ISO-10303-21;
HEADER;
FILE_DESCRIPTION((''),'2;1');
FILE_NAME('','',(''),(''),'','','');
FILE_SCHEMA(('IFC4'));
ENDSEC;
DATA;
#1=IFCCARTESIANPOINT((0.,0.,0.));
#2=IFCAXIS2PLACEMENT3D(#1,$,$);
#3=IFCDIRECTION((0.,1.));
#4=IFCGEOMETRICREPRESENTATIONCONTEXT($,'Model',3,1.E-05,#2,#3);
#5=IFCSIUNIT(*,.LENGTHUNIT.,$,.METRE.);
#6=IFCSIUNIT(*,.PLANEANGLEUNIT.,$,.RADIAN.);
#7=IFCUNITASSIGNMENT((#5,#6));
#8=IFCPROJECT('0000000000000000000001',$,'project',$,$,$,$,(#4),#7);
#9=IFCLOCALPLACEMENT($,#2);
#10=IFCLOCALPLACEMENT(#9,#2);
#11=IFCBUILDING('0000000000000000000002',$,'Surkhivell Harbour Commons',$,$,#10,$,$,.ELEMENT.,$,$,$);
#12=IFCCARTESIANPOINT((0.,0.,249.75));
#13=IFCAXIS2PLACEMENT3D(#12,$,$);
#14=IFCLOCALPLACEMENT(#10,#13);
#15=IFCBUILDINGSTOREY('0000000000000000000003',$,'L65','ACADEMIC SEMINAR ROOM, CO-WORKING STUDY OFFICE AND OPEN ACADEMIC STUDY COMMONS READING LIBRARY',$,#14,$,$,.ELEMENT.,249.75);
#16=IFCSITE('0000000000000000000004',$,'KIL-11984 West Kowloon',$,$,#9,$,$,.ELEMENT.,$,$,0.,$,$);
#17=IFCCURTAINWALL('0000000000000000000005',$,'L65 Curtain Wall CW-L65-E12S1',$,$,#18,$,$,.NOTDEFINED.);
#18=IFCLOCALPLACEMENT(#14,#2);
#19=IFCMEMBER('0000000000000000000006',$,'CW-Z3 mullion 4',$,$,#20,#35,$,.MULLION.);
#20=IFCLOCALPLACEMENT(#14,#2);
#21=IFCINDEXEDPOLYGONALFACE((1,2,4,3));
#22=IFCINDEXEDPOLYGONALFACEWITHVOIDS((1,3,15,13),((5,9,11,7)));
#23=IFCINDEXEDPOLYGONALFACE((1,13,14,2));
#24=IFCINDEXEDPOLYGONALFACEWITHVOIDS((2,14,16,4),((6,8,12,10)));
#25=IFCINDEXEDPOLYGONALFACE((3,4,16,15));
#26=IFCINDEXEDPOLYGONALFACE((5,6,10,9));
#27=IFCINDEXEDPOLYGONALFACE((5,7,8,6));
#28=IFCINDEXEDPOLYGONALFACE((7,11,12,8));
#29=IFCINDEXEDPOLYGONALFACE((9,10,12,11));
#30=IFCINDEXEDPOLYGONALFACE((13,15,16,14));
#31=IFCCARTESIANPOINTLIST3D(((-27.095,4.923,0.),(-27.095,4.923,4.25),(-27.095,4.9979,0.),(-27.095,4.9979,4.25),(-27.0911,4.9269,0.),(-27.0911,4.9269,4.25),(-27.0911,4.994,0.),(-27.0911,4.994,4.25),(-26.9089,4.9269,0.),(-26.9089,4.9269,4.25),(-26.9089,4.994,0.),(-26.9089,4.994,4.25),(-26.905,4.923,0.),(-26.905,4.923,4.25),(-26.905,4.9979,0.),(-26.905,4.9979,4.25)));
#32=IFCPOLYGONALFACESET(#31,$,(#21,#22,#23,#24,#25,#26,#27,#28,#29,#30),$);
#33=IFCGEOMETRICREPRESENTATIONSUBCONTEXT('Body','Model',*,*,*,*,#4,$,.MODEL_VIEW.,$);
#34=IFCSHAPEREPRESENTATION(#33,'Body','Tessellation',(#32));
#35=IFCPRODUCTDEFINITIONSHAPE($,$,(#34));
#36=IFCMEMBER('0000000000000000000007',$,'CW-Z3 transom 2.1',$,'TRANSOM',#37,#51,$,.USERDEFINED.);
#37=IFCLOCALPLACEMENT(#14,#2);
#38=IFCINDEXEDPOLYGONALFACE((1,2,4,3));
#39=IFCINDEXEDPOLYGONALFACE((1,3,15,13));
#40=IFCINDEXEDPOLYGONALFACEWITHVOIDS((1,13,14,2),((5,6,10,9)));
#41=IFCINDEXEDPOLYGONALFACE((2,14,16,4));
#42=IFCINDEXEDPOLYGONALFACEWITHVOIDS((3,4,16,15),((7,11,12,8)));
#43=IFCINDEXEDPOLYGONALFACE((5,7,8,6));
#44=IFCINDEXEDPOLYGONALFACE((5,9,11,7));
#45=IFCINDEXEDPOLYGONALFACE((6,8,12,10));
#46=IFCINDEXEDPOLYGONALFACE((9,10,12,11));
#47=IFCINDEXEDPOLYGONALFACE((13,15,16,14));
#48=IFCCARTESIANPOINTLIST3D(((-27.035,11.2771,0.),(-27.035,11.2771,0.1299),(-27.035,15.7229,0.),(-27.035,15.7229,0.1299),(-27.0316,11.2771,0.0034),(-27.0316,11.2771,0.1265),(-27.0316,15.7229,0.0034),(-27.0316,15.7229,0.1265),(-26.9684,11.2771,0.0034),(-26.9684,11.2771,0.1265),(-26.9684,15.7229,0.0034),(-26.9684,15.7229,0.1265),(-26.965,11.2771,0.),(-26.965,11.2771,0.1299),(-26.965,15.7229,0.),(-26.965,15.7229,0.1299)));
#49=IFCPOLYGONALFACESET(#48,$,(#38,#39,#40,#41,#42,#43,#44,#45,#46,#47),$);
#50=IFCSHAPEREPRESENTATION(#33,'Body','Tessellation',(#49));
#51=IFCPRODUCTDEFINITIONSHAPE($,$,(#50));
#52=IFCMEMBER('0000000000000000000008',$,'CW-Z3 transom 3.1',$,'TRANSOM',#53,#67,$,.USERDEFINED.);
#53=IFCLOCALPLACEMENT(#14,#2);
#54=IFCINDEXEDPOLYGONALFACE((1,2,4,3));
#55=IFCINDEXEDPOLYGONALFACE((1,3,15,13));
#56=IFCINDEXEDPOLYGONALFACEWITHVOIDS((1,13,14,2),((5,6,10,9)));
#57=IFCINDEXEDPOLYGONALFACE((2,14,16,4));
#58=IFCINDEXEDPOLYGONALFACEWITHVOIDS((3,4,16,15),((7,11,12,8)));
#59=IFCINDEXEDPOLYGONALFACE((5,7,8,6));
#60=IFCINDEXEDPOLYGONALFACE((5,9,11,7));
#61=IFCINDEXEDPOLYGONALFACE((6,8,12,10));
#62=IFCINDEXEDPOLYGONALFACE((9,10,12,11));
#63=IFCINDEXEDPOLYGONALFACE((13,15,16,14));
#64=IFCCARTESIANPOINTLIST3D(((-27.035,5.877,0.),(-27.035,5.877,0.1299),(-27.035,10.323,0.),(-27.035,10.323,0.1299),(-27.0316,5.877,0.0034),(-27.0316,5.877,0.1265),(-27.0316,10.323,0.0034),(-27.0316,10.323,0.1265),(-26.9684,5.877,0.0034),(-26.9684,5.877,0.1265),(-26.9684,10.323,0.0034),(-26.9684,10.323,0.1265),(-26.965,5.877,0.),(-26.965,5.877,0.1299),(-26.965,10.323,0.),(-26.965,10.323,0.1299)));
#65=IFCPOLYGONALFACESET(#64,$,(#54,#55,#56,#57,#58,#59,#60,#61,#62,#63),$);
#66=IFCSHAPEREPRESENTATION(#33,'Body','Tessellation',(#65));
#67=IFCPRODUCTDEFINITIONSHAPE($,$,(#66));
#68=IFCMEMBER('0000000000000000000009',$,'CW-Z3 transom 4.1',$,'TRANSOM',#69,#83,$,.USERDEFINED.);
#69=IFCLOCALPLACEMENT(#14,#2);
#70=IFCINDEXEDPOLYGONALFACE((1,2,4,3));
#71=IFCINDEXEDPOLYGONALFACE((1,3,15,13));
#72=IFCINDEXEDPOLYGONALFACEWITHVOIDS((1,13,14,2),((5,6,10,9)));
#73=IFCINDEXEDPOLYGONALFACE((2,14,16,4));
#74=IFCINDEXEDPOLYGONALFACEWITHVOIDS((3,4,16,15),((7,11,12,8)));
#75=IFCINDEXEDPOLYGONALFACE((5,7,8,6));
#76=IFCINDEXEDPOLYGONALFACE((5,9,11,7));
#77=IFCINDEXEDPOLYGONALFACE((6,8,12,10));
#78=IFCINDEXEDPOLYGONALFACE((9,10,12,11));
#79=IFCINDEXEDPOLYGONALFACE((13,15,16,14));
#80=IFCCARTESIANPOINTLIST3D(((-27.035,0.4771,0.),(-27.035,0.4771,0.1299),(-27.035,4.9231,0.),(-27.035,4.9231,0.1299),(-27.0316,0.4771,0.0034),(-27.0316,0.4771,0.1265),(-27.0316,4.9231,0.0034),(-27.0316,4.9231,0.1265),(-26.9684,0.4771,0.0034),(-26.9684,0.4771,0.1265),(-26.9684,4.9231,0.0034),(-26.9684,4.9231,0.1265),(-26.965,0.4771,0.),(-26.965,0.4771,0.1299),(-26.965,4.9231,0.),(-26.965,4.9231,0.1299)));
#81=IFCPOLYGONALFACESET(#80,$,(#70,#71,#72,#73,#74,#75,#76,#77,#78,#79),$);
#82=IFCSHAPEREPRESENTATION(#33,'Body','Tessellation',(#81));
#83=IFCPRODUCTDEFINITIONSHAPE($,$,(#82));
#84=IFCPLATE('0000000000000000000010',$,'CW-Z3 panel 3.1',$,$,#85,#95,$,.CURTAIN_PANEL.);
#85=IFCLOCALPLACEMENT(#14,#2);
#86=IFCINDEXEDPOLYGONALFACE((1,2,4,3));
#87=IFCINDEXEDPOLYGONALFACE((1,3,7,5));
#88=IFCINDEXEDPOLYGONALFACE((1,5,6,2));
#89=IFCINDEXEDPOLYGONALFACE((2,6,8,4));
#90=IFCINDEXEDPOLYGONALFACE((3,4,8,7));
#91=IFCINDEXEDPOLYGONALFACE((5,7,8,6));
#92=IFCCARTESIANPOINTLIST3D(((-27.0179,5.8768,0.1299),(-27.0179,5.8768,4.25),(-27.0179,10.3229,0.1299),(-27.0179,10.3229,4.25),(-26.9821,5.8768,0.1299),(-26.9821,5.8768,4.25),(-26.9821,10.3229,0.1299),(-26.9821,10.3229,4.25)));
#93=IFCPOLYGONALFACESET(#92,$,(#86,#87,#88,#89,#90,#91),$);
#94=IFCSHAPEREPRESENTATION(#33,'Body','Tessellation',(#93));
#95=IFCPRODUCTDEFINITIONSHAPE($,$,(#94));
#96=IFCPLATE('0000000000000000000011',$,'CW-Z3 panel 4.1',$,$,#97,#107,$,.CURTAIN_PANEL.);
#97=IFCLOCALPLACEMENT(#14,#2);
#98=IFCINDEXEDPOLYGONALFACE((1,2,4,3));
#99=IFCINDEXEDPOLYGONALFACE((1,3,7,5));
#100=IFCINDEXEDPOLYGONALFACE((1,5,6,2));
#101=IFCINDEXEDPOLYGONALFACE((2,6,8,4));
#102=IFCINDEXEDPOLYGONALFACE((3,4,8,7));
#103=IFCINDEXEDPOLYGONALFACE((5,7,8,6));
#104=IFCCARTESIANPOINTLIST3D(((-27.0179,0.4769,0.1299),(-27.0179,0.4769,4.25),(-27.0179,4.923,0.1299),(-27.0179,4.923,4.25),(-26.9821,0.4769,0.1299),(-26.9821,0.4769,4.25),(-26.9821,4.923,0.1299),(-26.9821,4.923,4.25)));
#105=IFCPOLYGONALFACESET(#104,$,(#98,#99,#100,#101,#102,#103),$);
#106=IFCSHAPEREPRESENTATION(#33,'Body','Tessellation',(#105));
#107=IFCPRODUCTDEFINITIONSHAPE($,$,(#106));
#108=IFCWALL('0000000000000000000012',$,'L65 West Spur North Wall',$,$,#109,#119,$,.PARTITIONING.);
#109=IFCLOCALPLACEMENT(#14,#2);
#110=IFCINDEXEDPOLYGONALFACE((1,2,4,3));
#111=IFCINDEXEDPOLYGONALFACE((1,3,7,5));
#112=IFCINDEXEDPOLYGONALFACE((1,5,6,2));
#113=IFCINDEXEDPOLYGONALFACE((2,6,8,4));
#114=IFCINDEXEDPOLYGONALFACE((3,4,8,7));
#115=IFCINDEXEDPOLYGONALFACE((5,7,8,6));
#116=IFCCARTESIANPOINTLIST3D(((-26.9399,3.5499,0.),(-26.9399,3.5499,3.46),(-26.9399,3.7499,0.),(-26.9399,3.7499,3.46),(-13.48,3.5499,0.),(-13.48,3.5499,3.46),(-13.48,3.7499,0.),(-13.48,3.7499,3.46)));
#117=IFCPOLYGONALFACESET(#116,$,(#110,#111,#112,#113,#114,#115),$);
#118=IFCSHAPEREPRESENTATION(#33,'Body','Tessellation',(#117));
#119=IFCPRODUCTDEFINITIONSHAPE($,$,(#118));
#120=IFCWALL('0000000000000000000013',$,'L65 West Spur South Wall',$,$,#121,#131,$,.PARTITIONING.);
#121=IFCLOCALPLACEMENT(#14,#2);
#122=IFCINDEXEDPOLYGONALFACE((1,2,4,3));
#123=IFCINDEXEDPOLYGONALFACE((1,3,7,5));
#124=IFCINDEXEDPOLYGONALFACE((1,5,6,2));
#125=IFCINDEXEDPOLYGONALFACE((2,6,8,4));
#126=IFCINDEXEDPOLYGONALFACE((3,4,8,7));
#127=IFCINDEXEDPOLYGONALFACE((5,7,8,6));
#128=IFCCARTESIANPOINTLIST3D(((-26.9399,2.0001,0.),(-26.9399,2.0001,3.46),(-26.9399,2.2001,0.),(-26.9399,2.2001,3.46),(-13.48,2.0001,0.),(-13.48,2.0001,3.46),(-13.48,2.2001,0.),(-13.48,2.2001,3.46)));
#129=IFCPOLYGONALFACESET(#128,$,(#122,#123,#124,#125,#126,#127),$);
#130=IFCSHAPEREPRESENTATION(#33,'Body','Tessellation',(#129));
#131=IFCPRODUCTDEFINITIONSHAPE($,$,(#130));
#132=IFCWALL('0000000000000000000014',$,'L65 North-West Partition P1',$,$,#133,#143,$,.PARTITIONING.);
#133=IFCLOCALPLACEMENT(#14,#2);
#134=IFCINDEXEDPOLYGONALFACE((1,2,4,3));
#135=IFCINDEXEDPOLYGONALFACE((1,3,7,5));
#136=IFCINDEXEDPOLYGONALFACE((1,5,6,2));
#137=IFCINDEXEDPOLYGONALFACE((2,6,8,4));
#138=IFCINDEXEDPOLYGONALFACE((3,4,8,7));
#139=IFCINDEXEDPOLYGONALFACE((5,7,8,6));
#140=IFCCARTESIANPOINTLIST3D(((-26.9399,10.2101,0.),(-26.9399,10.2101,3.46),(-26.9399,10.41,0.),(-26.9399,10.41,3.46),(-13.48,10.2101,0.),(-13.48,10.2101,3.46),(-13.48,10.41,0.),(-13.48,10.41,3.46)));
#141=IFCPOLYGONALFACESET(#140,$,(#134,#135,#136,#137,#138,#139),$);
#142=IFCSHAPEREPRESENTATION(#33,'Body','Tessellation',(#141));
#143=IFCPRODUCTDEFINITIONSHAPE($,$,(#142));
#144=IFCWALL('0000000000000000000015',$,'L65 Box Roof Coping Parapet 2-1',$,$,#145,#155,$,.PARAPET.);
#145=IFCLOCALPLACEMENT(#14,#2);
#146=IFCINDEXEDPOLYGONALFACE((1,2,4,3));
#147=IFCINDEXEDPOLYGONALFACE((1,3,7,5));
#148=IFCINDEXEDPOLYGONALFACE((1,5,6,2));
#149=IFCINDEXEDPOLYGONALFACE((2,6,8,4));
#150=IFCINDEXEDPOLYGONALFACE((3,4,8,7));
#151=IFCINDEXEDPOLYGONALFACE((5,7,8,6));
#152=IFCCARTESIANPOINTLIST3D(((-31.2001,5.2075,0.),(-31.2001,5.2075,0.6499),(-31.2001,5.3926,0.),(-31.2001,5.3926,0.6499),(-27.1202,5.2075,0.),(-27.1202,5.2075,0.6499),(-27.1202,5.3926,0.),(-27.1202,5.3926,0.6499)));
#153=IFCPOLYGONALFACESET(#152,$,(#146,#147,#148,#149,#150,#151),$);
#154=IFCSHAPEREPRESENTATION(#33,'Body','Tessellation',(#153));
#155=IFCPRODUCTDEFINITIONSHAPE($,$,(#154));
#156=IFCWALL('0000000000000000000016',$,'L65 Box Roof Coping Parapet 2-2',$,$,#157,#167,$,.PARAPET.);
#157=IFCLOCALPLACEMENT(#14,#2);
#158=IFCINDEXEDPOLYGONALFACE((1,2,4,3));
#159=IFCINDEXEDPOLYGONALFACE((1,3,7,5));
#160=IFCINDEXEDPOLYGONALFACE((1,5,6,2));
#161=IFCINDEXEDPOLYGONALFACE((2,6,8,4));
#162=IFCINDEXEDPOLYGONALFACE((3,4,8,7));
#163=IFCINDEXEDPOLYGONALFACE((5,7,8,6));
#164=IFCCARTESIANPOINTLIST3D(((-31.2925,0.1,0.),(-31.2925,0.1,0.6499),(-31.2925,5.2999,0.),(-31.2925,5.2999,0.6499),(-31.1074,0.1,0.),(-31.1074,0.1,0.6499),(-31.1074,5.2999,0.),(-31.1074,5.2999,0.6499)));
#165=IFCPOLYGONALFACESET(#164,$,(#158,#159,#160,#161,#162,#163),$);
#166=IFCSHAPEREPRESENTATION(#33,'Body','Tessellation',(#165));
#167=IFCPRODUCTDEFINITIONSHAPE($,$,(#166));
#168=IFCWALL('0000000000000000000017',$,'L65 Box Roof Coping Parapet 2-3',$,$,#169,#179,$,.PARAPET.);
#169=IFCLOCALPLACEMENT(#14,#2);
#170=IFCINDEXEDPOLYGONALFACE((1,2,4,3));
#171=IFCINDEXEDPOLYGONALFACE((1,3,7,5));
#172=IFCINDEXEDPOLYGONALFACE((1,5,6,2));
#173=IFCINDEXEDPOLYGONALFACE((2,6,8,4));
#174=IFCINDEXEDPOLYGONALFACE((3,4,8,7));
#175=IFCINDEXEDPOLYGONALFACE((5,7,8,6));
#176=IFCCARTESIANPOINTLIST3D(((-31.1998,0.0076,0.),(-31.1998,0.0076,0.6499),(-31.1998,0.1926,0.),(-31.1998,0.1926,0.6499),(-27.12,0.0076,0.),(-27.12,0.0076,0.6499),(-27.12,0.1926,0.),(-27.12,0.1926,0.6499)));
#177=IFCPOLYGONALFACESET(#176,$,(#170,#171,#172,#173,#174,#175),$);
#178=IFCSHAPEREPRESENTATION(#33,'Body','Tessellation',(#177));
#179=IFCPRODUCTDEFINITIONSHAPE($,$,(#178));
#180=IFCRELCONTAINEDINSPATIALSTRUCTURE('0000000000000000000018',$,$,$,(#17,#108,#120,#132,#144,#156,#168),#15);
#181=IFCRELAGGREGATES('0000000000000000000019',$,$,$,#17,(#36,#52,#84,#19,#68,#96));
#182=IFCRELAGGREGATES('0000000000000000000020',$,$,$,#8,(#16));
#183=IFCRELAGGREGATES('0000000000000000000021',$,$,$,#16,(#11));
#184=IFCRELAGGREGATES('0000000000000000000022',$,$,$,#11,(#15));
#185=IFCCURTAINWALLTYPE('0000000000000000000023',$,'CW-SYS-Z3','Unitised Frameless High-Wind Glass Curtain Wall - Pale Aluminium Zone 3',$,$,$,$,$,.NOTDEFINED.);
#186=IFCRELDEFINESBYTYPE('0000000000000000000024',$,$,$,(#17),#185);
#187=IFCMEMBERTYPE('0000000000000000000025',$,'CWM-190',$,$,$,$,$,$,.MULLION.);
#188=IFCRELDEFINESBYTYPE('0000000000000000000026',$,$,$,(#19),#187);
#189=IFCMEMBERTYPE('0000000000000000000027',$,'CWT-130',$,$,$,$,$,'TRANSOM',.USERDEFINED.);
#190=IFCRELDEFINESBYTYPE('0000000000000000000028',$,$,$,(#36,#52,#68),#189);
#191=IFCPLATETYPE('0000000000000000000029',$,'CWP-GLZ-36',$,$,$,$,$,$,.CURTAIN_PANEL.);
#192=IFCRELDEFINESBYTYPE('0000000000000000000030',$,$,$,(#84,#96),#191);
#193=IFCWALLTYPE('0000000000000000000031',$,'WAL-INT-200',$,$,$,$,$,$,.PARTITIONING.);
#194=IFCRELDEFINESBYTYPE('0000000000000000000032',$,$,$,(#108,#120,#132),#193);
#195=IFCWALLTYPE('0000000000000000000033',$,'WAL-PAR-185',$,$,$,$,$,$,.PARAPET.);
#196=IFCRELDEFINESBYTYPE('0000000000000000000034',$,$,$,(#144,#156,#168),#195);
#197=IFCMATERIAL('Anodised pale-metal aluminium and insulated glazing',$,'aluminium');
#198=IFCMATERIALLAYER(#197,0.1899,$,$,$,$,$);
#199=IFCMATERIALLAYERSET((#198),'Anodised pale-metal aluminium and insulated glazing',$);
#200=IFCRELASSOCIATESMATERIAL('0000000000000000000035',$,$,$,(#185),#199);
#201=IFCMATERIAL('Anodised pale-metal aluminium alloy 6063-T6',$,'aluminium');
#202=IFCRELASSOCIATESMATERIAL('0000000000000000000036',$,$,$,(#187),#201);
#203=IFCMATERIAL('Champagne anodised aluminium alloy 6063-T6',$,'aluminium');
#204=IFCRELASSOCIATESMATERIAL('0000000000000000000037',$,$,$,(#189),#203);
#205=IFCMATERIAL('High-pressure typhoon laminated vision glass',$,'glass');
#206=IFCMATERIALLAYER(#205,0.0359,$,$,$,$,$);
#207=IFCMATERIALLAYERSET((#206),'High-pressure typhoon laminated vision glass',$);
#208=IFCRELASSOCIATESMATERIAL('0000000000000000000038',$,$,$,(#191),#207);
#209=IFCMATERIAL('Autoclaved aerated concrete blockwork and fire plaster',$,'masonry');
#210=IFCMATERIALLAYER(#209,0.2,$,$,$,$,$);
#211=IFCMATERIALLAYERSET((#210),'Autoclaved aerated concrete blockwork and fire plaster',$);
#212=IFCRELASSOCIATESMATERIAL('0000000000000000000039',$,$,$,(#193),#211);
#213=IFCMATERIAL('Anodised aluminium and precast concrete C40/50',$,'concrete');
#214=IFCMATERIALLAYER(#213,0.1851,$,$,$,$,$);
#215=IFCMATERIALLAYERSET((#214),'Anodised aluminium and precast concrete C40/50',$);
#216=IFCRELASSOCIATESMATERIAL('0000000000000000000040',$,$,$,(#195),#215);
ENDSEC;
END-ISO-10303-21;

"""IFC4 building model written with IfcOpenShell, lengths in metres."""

from ifc_helpers import new_model, si_unit, direction, frame, frame_2d, origin, origin_2d, place, context, subcontext, project, spatial, rectangle, hollow_rectangle, extrude, material, layer, layer_set, material_profile, profile_set, type_object, element, aggregate, save


model = new_model("IFC4")

# Units and contexts
model_context = context("Model", 3, precision=1e-05, world=origin(), true_north=direction((0.0, 1.0)))
body_context = subcontext(model_context, "Body", "Model", "MODEL_VIEW")
ifc_project = project(units=[si_unit("LENGTHUNIT", "METRE"), si_unit("PLANEANGLEUNIT", "RADIAN")], contexts=[model_context])

# Site, building, storey
site_placement = place(None, origin())
site = spatial("IfcSite", under=ifc_project, at=site_placement, Name="KIL-11984 West Kowloon", CompositionType="ELEMENT", RefElevation=0.0)
building_placement = place(site_placement, origin())
building = spatial("IfcBuilding", under=site, at=building_placement, Name="Surkhivell Harbour Commons", CompositionType="ELEMENT")
storey_placement = place(building_placement, frame((0.0, 0.0, 249.75)))
storey = spatial("IfcBuildingStorey", under=building, at=storey_placement, Name="L65", Description="ACADEMIC SEMINAR ROOM, CO-WORKING STUDY OFFICE AND OPEN ACADEMIC STUDY COMMONS READING LIBRARY", CompositionType="ELEMENT", Elevation=249.75)

# Curtain wall, members, plates
ifc_material_1 = material(Name="Anodised pale-metal aluminium and insulated glazing", Category="aluminium")
ifc_layer_1 = layer(ifc_material_1, 0.1899)
ifc_layer_set_1 = layer_set([ifc_layer_1], Name="Anodised pale-metal aluminium and insulated glazing")
curtain_wall_type = type_object("IfcCurtainWallType", Name="CW-SYS-Z3", Description="Unitised Frameless High-Wind Glass Curtain Wall - Pale Aluminium Zone 3", PredefinedType="NOTDEFINED", material=ifc_layer_set_1)
curtain_wall_placement = place(storey_placement, origin())
curtain_wall = element("IfcCurtainWall", 1, at=curtain_wall_placement, inside=storey, type_object=curtain_wall_type, Name="L65 Curtain Wall CW-L65-E12S1", PredefinedType="NOTDEFINED")
ifc_material_2 = material(Name="Anodised pale-metal aluminium alloy 6063-T6", Category="aluminium")
ifc_material_profile_1 = material_profile(ifc_material_2, hollow_rectangle(XDim=0.075, YDim=0.1899, WallThickness=0.0039, at=origin_2d()), Name="ALU-MULL-75x190")
ifc_profile_set_1 = profile_set([ifc_material_profile_1], Name="Anodised pale-metal aluminium alloy 6063-T6")
member_type_1 = type_object("IfcMemberType", Name="CWM-190", PredefinedType="MULLION", material=ifc_profile_set_1)
member_1_placement = place(storey_placement, frame((-27.0, 4.9604, 0.0), z_axis=(0.0, 0.0, 1.0), x_axis=(0.0, -1.0, 0.0)))
member_1 = element("IfcMember", 2, at=member_1_placement, type_object=member_type_1, Name="CW-Z3 mullion 4", PredefinedType="MULLION", context=body_context, shape_type="SweptSolid", body=[
    extrude(hollow_rectangle(XDim=0.075, YDim=0.1899, WallThickness=0.0039, at=origin_2d()), origin(), (0.0, 0.0, 1.0), 4.25),
])
ifc_material_3 = material(Name="Champagne anodised aluminium alloy 6063-T6", Category="aluminium")
ifc_material_profile_2 = material_profile(ifc_material_3, hollow_rectangle(XDim=0.0701, YDim=0.1299, WallThickness=0.0034, at=origin_2d()), Name="ALU-TRAN-70x130")
ifc_profile_set_2 = profile_set([ifc_material_profile_2], Name="Champagne anodised aluminium alloy 6063-T6")
member_type_2 = type_object("IfcMemberType", Name="CWT-130", ElementType="TRANSOM", PredefinedType="USERDEFINED", material=ifc_profile_set_2)
member_2_placement = place(storey_placement, frame((-27.0, 15.7229, 0.0649), z_axis=(0.0, -1.0, 0.0), x_axis=(1.0, 0.0, 0.0)))
member_2 = element("IfcMember", 3, at=member_2_placement, type_object=member_type_2, Name="CW-Z3 transom 2.1", ObjectType="TRANSOM", PredefinedType="USERDEFINED", context=body_context, shape_type="SweptSolid", body=[
    extrude(hollow_rectangle(XDim=0.0701, YDim=0.1299, WallThickness=0.0034, at=origin_2d()), origin(), (0.0, 0.0, 1.0), 4.4458),
])
member_3_placement = place(storey_placement, frame((-27.0, 10.323, 0.0649), z_axis=(0.0, -1.0, 0.0), x_axis=(1.0, 0.0, 0.0)))
member_3 = element("IfcMember", 4, at=member_3_placement, type_object=member_type_2, Name="CW-Z3 transom 3.1", ObjectType="TRANSOM", PredefinedType="USERDEFINED", context=body_context, shape_type="SweptSolid", body=[
    extrude(hollow_rectangle(XDim=0.0701, YDim=0.1299, WallThickness=0.0034, at=origin_2d()), origin(), (0.0, 0.0, 1.0), 4.446),
])
member_4_placement = place(storey_placement, frame((-27.0, 4.9231, 0.0649), z_axis=(0.0, -1.0, 0.0), x_axis=(1.0, 0.0, 0.0)))
member_4 = element("IfcMember", 5, at=member_4_placement, type_object=member_type_2, Name="CW-Z3 transom 4.1", ObjectType="TRANSOM", PredefinedType="USERDEFINED", context=body_context, shape_type="SweptSolid", body=[
    extrude(hollow_rectangle(XDim=0.0701, YDim=0.1299, WallThickness=0.0034, at=origin_2d()), origin(), (0.0, 0.0, 1.0), 4.446),
])
ifc_material_4 = material(Name="High-pressure typhoon laminated vision glass", Category="glass")
ifc_layer_2 = layer(ifc_material_4, 0.0359)
ifc_layer_set_2 = layer_set([ifc_layer_2], Name="High-pressure typhoon laminated vision glass")
plate_type = type_object("IfcPlateType", Name="CWP-GLZ-36", PredefinedType="CURTAIN_PANEL", material=ifc_layer_set_2)
plate_1_placement = place(storey_placement, frame((-27.0, 10.323, 0.1299), z_axis=(0.0, 0.0, 1.0), x_axis=(0.0, -1.0, 0.0)))
plate_1 = element("IfcPlate", 6, at=plate_1_placement, type_object=plate_type, Name="CW-Z3 panel 3.1", PredefinedType="CURTAIN_PANEL", context=body_context, shape_type="SweptSolid", body=[
    extrude(rectangle(XDim=4.446, YDim=0.0359, at=frame_2d((2.2231, 0.0))), origin(), (0.0, 0.0, 1.0), 4.1201),
])
plate_2_placement = place(storey_placement, frame((-27.0, 4.9231, 0.1299), z_axis=(0.0, 0.0, 1.0), x_axis=(0.0, -1.0, 0.0)))
plate_2 = element("IfcPlate", 7, at=plate_2_placement, type_object=plate_type, Name="CW-Z3 panel 4.1", PredefinedType="CURTAIN_PANEL", context=body_context, shape_type="SweptSolid", body=[
    extrude(rectangle(XDim=4.446, YDim=0.0359, at=frame_2d((2.2231, 0.0))), origin(), (0.0, 0.0, 1.0), 4.1201),
])
aggregate(curtain_wall, [member_2, member_3, plate_1, member_1, member_4, plate_2])

# Walls
ifc_material_5 = material(Name="Autoclaved aerated concrete blockwork and fire plaster", Category="masonry")
ifc_layer_3 = layer(ifc_material_5, 0.2)
ifc_layer_set_3 = layer_set([ifc_layer_3], Name="Autoclaved aerated concrete blockwork and fire plaster")
wall_type_1 = type_object("IfcWallType", Name="WAL-INT-200", PredefinedType="PARTITIONING", material=ifc_layer_set_3)
for number, where, z_axis, x_axis, name in (
    (8, (-26.9399, 3.6499, 0.0), (0.0, 0.0, 1.0), (1.0, 0.0, 0.0), "L65 West Spur North Wall"),
    (9, (-26.9399, 2.1001, 0.0), (0.0, 0.0, 1.0), (1.0, 0.0, 0.0), "L65 West Spur South Wall"),
    (10, (-26.9399, 10.3101, 0.0), (0.0, 0.0, 1.0), (1.0, 0.0, 0.0), "L65 North-West Partition P1"),
):
    element("IfcWall", number, at=place(storey_placement, frame(where, z_axis=z_axis, x_axis=x_axis)), inside=storey, type_object=wall_type_1, Name=name, PredefinedType="PARTITIONING", context=body_context, shape_type="SweptSolid", body=[
        extrude(rectangle(XDim=13.46, YDim=0.2, at=frame_2d((6.73, 0.0))), origin(), (0.0, 0.0, 1.0), 3.46),
    ])
ifc_material_6 = material(Name="Anodised aluminium and precast concrete C40/50", Category="concrete")
ifc_layer_4 = layer(ifc_material_6, 0.1851)
ifc_layer_set_4 = layer_set([ifc_layer_4], Name="Anodised aluminium and precast concrete C40/50")
wall_type_2 = type_object("IfcWallType", Name="WAL-PAR-185", PredefinedType="PARAPET", material=ifc_layer_set_4)
wall_1_placement = place(storey_placement, frame((-27.1201, 5.3, 0.0), z_axis=(0.0, 0.0, 1.0), x_axis=(-1.0, 0.0, 0.0)))
element("IfcWall", 11, at=wall_1_placement, inside=storey, type_object=wall_type_2, Name="L65 Box Roof Coping Parapet 2-1", PredefinedType="PARAPET", context=body_context, shape_type="SweptSolid", body=[
    extrude(rectangle(XDim=4.0798, YDim=0.1851, at=frame_2d((2.04, 0.0))), origin(), (0.0, 0.0, 1.0), 0.6499),
])
wall_2_placement = place(storey_placement, frame((-31.2, 5.3, 0.0), z_axis=(0.0, 0.0, 1.0), x_axis=(0.0, -1.0, 0.0)))
element("IfcWall", 12, at=wall_2_placement, inside=storey, type_object=wall_type_2, Name="L65 Box Roof Coping Parapet 2-2", PredefinedType="PARAPET", context=body_context, shape_type="SweptSolid", body=[
    extrude(rectangle(XDim=5.2, YDim=0.1851, at=frame_2d((2.6001, 0.0))), origin(), (0.0, 0.0, 1.0), 0.6499),
])
wall_3_placement = place(storey_placement, frame((-31.2, 0.1001, 0.0), z_axis=(0.0, 0.0, 1.0), x_axis=(1.0, 0.0, 0.0)))
element("IfcWall", 13, at=wall_3_placement, inside=storey, type_object=wall_type_2, Name="L65 Box Roof Coping Parapet 2-3", PredefinedType="PARAPET", context=body_context, shape_type="SweptSolid", body=[
    extrude(rectangle(XDim=4.0798, YDim=0.1851, at=frame_2d((2.04, 0.0))), origin(), (0.0, 0.0, 1.0), 0.6499),
])

save(model, "model.ifc")
